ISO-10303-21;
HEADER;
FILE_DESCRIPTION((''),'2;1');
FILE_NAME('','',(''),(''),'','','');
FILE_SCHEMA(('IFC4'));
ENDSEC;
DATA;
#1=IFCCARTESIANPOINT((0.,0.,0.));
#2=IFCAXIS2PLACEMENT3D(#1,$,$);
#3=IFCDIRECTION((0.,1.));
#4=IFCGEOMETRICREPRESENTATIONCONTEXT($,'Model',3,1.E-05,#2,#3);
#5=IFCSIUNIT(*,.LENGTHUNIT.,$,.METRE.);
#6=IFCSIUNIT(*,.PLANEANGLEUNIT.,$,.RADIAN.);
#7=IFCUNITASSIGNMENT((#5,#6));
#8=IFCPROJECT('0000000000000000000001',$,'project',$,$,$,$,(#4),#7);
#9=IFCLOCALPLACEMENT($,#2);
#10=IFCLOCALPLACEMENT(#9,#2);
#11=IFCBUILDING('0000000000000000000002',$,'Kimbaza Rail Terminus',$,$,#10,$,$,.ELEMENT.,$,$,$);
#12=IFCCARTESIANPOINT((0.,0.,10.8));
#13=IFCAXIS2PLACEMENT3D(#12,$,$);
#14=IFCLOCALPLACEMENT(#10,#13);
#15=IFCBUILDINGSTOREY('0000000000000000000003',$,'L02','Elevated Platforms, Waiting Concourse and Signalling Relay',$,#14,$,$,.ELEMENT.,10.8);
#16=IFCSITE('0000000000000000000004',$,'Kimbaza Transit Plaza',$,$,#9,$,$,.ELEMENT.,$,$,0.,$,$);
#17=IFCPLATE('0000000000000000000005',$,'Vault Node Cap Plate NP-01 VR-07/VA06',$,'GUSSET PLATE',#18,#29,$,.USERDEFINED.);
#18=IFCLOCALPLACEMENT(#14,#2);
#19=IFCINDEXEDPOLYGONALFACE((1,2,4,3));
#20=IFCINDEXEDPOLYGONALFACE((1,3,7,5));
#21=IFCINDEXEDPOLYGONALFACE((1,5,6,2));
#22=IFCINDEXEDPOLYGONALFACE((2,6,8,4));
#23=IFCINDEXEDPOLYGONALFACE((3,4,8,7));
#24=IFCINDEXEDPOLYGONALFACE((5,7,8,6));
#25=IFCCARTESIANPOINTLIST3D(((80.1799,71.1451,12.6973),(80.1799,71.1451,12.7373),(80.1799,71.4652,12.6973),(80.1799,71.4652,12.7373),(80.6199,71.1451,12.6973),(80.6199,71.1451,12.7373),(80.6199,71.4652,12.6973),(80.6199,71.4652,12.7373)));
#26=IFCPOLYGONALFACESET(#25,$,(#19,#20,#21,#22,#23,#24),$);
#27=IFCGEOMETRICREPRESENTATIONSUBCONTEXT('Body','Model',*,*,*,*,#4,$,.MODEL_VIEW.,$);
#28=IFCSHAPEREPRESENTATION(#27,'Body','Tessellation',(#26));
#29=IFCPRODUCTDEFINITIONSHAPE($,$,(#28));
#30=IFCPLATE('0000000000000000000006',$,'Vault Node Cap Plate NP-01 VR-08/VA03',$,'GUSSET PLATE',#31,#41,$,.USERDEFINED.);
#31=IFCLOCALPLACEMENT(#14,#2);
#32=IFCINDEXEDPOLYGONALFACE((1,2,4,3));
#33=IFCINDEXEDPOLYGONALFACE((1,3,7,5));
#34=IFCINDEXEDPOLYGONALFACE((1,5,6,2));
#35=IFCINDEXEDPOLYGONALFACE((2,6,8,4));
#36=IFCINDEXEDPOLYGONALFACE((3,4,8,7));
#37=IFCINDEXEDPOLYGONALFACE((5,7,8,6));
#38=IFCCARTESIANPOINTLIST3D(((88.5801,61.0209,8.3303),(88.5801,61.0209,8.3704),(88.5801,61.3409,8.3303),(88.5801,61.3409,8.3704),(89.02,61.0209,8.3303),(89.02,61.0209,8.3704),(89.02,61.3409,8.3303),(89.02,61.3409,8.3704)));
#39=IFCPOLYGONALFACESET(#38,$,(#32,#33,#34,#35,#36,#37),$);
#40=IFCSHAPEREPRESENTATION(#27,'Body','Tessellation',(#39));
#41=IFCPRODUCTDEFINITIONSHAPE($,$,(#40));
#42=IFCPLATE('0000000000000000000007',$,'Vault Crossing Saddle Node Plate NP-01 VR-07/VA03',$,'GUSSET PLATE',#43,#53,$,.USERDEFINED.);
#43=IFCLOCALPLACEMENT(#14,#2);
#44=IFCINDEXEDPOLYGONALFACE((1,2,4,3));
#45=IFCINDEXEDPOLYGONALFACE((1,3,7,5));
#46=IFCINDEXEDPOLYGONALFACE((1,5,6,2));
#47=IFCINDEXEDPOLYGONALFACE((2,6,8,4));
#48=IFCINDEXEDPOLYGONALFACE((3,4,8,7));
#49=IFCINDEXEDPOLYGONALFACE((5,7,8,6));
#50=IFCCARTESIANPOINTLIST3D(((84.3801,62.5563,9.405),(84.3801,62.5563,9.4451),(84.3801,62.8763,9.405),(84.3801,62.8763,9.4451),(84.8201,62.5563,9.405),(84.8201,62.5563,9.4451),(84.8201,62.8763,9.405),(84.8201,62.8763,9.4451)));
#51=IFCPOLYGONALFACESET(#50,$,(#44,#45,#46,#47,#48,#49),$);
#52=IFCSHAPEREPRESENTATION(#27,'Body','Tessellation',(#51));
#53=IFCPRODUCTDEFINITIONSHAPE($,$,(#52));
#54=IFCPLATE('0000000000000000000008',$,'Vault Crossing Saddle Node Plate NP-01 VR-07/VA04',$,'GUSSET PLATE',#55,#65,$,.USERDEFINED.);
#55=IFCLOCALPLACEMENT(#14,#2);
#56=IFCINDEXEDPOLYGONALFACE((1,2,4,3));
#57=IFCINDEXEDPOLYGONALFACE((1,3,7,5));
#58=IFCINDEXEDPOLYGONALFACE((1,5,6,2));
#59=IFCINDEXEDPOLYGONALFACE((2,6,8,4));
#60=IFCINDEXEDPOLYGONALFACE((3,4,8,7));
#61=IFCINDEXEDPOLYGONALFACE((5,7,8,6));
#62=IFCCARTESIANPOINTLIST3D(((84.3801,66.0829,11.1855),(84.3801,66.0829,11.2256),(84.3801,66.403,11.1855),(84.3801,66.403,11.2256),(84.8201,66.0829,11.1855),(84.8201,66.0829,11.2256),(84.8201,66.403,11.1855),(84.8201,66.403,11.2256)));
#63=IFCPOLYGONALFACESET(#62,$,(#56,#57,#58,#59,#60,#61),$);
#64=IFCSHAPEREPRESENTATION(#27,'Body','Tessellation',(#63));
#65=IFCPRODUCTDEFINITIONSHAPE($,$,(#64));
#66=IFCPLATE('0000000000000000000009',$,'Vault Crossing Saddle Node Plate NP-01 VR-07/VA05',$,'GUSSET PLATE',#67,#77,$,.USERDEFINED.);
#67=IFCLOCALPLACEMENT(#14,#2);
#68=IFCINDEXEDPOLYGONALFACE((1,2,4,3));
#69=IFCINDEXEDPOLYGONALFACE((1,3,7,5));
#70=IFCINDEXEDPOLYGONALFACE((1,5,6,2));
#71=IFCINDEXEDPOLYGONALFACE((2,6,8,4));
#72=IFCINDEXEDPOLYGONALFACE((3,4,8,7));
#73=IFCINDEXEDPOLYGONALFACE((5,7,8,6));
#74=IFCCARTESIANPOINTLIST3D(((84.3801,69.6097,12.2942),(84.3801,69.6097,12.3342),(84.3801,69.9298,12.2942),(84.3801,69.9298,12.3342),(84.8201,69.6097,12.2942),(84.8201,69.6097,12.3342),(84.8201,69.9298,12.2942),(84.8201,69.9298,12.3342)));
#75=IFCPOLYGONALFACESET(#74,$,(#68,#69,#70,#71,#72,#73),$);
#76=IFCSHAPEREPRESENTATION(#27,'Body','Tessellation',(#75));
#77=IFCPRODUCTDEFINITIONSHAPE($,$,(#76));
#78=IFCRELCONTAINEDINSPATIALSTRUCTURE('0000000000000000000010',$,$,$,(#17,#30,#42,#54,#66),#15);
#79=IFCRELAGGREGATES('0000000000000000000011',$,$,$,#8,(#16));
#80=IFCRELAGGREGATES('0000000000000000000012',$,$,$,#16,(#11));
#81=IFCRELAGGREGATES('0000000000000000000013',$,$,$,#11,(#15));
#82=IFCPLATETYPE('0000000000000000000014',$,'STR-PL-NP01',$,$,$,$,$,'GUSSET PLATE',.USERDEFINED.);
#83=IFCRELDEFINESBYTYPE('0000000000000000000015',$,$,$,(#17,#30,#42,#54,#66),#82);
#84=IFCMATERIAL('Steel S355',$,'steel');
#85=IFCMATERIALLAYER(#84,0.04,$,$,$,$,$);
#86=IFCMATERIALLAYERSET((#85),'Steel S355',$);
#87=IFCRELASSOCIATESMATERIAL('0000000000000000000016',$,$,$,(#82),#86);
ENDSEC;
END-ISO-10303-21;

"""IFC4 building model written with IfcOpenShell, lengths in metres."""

from ifc_helpers import new_model, si_unit, direction, frame, origin, origin_2d, place, context, subcontext, project, spatial, rectangle, extrude, material, layer, layer_set, type_object, element, save


model = new_model("IFC4")

# Units and contexts
model_context = context("Model", 3, precision=1e-05, world=origin(), true_north=direction((0.0, 1.0)))
body_context = subcontext(model_context, "Body", "Model", "MODEL_VIEW")
ifc_project = project(units=[si_unit("LENGTHUNIT", "METRE"), si_unit("PLANEANGLEUNIT", "RADIAN")], contexts=[model_context])

# Site, building, storey
site_placement = place(None, origin())
site = spatial("IfcSite", under=ifc_project, at=site_placement, Name="Kimbaza Transit Plaza", CompositionType="ELEMENT", RefElevation=0.0)
building_placement = place(site_placement, origin())
building = spatial("IfcBuilding", under=site, at=building_placement, Name="Kimbaza Rail Terminus", CompositionType="ELEMENT")
storey_placement = place(building_placement, frame((0.0, 0.0, 10.8)))
storey = spatial("IfcBuildingStorey", under=building, at=storey_placement, Name="L02", Description="Elevated Platforms, Waiting Concourse and Signalling Relay", CompositionType="ELEMENT", Elevation=10.8)

# Plates
ifc_material_1 = material(Name="Steel S355", Category="steel")
ifc_layer_1 = layer(ifc_material_1, 0.04)
ifc_layer_set_1 = layer_set([ifc_layer_1], Name="Steel S355")
plate_type_1 = type_object("IfcPlateType", Name="STR-PL-NP01", ElementType="GUSSET PLATE", PredefinedType="USERDEFINED", material=ifc_layer_set_1)
for number, where, z_axis, x_axis, name in (
    (1, (80.3999, 71.3052, 12.6973), (0.0, 0.0, 1.0), (1.0, 0.0, 0.0), "Vault Node Cap Plate NP-01 VR-07/VA06"),
    (2, (88.8, 61.1809, 8.3303), (0.0, 0.0, 1.0), (1.0, 0.0, 0.0), "Vault Node Cap Plate NP-01 VR-08/VA03"),
    (3, (84.6001, 62.7163, 9.405), (0.0, 0.0, 1.0), (1.0, 0.0, 0.0), "Vault Crossing Saddle Node Plate NP-01 VR-07/VA03"),
    (4, (84.6001, 66.2429, 11.1855), (0.0, 0.0, 1.0), (1.0, 0.0, 0.0), "Vault Crossing Saddle Node Plate NP-01 VR-07/VA04"),
    (5, (84.6001, 69.7698, 12.2942), (0.0, 0.0, 1.0), (1.0, 0.0, 0.0), "Vault Crossing Saddle Node Plate NP-01 VR-07/VA05"),
):
    element("IfcPlate", number, at=place(storey_placement, frame(where, z_axis=z_axis, x_axis=x_axis)), inside=storey, type_object=plate_type_1, Name=name, ObjectType="GUSSET PLATE", PredefinedType="USERDEFINED", context=body_context, shape_type="SweptSolid", body=[
        extrude(rectangle(XDim=0.4399, YDim=0.3201, at=origin_2d()), origin(), (0.0, 0.0, 1.0), 0.04),
    ])

save(model, "model.ifc")
